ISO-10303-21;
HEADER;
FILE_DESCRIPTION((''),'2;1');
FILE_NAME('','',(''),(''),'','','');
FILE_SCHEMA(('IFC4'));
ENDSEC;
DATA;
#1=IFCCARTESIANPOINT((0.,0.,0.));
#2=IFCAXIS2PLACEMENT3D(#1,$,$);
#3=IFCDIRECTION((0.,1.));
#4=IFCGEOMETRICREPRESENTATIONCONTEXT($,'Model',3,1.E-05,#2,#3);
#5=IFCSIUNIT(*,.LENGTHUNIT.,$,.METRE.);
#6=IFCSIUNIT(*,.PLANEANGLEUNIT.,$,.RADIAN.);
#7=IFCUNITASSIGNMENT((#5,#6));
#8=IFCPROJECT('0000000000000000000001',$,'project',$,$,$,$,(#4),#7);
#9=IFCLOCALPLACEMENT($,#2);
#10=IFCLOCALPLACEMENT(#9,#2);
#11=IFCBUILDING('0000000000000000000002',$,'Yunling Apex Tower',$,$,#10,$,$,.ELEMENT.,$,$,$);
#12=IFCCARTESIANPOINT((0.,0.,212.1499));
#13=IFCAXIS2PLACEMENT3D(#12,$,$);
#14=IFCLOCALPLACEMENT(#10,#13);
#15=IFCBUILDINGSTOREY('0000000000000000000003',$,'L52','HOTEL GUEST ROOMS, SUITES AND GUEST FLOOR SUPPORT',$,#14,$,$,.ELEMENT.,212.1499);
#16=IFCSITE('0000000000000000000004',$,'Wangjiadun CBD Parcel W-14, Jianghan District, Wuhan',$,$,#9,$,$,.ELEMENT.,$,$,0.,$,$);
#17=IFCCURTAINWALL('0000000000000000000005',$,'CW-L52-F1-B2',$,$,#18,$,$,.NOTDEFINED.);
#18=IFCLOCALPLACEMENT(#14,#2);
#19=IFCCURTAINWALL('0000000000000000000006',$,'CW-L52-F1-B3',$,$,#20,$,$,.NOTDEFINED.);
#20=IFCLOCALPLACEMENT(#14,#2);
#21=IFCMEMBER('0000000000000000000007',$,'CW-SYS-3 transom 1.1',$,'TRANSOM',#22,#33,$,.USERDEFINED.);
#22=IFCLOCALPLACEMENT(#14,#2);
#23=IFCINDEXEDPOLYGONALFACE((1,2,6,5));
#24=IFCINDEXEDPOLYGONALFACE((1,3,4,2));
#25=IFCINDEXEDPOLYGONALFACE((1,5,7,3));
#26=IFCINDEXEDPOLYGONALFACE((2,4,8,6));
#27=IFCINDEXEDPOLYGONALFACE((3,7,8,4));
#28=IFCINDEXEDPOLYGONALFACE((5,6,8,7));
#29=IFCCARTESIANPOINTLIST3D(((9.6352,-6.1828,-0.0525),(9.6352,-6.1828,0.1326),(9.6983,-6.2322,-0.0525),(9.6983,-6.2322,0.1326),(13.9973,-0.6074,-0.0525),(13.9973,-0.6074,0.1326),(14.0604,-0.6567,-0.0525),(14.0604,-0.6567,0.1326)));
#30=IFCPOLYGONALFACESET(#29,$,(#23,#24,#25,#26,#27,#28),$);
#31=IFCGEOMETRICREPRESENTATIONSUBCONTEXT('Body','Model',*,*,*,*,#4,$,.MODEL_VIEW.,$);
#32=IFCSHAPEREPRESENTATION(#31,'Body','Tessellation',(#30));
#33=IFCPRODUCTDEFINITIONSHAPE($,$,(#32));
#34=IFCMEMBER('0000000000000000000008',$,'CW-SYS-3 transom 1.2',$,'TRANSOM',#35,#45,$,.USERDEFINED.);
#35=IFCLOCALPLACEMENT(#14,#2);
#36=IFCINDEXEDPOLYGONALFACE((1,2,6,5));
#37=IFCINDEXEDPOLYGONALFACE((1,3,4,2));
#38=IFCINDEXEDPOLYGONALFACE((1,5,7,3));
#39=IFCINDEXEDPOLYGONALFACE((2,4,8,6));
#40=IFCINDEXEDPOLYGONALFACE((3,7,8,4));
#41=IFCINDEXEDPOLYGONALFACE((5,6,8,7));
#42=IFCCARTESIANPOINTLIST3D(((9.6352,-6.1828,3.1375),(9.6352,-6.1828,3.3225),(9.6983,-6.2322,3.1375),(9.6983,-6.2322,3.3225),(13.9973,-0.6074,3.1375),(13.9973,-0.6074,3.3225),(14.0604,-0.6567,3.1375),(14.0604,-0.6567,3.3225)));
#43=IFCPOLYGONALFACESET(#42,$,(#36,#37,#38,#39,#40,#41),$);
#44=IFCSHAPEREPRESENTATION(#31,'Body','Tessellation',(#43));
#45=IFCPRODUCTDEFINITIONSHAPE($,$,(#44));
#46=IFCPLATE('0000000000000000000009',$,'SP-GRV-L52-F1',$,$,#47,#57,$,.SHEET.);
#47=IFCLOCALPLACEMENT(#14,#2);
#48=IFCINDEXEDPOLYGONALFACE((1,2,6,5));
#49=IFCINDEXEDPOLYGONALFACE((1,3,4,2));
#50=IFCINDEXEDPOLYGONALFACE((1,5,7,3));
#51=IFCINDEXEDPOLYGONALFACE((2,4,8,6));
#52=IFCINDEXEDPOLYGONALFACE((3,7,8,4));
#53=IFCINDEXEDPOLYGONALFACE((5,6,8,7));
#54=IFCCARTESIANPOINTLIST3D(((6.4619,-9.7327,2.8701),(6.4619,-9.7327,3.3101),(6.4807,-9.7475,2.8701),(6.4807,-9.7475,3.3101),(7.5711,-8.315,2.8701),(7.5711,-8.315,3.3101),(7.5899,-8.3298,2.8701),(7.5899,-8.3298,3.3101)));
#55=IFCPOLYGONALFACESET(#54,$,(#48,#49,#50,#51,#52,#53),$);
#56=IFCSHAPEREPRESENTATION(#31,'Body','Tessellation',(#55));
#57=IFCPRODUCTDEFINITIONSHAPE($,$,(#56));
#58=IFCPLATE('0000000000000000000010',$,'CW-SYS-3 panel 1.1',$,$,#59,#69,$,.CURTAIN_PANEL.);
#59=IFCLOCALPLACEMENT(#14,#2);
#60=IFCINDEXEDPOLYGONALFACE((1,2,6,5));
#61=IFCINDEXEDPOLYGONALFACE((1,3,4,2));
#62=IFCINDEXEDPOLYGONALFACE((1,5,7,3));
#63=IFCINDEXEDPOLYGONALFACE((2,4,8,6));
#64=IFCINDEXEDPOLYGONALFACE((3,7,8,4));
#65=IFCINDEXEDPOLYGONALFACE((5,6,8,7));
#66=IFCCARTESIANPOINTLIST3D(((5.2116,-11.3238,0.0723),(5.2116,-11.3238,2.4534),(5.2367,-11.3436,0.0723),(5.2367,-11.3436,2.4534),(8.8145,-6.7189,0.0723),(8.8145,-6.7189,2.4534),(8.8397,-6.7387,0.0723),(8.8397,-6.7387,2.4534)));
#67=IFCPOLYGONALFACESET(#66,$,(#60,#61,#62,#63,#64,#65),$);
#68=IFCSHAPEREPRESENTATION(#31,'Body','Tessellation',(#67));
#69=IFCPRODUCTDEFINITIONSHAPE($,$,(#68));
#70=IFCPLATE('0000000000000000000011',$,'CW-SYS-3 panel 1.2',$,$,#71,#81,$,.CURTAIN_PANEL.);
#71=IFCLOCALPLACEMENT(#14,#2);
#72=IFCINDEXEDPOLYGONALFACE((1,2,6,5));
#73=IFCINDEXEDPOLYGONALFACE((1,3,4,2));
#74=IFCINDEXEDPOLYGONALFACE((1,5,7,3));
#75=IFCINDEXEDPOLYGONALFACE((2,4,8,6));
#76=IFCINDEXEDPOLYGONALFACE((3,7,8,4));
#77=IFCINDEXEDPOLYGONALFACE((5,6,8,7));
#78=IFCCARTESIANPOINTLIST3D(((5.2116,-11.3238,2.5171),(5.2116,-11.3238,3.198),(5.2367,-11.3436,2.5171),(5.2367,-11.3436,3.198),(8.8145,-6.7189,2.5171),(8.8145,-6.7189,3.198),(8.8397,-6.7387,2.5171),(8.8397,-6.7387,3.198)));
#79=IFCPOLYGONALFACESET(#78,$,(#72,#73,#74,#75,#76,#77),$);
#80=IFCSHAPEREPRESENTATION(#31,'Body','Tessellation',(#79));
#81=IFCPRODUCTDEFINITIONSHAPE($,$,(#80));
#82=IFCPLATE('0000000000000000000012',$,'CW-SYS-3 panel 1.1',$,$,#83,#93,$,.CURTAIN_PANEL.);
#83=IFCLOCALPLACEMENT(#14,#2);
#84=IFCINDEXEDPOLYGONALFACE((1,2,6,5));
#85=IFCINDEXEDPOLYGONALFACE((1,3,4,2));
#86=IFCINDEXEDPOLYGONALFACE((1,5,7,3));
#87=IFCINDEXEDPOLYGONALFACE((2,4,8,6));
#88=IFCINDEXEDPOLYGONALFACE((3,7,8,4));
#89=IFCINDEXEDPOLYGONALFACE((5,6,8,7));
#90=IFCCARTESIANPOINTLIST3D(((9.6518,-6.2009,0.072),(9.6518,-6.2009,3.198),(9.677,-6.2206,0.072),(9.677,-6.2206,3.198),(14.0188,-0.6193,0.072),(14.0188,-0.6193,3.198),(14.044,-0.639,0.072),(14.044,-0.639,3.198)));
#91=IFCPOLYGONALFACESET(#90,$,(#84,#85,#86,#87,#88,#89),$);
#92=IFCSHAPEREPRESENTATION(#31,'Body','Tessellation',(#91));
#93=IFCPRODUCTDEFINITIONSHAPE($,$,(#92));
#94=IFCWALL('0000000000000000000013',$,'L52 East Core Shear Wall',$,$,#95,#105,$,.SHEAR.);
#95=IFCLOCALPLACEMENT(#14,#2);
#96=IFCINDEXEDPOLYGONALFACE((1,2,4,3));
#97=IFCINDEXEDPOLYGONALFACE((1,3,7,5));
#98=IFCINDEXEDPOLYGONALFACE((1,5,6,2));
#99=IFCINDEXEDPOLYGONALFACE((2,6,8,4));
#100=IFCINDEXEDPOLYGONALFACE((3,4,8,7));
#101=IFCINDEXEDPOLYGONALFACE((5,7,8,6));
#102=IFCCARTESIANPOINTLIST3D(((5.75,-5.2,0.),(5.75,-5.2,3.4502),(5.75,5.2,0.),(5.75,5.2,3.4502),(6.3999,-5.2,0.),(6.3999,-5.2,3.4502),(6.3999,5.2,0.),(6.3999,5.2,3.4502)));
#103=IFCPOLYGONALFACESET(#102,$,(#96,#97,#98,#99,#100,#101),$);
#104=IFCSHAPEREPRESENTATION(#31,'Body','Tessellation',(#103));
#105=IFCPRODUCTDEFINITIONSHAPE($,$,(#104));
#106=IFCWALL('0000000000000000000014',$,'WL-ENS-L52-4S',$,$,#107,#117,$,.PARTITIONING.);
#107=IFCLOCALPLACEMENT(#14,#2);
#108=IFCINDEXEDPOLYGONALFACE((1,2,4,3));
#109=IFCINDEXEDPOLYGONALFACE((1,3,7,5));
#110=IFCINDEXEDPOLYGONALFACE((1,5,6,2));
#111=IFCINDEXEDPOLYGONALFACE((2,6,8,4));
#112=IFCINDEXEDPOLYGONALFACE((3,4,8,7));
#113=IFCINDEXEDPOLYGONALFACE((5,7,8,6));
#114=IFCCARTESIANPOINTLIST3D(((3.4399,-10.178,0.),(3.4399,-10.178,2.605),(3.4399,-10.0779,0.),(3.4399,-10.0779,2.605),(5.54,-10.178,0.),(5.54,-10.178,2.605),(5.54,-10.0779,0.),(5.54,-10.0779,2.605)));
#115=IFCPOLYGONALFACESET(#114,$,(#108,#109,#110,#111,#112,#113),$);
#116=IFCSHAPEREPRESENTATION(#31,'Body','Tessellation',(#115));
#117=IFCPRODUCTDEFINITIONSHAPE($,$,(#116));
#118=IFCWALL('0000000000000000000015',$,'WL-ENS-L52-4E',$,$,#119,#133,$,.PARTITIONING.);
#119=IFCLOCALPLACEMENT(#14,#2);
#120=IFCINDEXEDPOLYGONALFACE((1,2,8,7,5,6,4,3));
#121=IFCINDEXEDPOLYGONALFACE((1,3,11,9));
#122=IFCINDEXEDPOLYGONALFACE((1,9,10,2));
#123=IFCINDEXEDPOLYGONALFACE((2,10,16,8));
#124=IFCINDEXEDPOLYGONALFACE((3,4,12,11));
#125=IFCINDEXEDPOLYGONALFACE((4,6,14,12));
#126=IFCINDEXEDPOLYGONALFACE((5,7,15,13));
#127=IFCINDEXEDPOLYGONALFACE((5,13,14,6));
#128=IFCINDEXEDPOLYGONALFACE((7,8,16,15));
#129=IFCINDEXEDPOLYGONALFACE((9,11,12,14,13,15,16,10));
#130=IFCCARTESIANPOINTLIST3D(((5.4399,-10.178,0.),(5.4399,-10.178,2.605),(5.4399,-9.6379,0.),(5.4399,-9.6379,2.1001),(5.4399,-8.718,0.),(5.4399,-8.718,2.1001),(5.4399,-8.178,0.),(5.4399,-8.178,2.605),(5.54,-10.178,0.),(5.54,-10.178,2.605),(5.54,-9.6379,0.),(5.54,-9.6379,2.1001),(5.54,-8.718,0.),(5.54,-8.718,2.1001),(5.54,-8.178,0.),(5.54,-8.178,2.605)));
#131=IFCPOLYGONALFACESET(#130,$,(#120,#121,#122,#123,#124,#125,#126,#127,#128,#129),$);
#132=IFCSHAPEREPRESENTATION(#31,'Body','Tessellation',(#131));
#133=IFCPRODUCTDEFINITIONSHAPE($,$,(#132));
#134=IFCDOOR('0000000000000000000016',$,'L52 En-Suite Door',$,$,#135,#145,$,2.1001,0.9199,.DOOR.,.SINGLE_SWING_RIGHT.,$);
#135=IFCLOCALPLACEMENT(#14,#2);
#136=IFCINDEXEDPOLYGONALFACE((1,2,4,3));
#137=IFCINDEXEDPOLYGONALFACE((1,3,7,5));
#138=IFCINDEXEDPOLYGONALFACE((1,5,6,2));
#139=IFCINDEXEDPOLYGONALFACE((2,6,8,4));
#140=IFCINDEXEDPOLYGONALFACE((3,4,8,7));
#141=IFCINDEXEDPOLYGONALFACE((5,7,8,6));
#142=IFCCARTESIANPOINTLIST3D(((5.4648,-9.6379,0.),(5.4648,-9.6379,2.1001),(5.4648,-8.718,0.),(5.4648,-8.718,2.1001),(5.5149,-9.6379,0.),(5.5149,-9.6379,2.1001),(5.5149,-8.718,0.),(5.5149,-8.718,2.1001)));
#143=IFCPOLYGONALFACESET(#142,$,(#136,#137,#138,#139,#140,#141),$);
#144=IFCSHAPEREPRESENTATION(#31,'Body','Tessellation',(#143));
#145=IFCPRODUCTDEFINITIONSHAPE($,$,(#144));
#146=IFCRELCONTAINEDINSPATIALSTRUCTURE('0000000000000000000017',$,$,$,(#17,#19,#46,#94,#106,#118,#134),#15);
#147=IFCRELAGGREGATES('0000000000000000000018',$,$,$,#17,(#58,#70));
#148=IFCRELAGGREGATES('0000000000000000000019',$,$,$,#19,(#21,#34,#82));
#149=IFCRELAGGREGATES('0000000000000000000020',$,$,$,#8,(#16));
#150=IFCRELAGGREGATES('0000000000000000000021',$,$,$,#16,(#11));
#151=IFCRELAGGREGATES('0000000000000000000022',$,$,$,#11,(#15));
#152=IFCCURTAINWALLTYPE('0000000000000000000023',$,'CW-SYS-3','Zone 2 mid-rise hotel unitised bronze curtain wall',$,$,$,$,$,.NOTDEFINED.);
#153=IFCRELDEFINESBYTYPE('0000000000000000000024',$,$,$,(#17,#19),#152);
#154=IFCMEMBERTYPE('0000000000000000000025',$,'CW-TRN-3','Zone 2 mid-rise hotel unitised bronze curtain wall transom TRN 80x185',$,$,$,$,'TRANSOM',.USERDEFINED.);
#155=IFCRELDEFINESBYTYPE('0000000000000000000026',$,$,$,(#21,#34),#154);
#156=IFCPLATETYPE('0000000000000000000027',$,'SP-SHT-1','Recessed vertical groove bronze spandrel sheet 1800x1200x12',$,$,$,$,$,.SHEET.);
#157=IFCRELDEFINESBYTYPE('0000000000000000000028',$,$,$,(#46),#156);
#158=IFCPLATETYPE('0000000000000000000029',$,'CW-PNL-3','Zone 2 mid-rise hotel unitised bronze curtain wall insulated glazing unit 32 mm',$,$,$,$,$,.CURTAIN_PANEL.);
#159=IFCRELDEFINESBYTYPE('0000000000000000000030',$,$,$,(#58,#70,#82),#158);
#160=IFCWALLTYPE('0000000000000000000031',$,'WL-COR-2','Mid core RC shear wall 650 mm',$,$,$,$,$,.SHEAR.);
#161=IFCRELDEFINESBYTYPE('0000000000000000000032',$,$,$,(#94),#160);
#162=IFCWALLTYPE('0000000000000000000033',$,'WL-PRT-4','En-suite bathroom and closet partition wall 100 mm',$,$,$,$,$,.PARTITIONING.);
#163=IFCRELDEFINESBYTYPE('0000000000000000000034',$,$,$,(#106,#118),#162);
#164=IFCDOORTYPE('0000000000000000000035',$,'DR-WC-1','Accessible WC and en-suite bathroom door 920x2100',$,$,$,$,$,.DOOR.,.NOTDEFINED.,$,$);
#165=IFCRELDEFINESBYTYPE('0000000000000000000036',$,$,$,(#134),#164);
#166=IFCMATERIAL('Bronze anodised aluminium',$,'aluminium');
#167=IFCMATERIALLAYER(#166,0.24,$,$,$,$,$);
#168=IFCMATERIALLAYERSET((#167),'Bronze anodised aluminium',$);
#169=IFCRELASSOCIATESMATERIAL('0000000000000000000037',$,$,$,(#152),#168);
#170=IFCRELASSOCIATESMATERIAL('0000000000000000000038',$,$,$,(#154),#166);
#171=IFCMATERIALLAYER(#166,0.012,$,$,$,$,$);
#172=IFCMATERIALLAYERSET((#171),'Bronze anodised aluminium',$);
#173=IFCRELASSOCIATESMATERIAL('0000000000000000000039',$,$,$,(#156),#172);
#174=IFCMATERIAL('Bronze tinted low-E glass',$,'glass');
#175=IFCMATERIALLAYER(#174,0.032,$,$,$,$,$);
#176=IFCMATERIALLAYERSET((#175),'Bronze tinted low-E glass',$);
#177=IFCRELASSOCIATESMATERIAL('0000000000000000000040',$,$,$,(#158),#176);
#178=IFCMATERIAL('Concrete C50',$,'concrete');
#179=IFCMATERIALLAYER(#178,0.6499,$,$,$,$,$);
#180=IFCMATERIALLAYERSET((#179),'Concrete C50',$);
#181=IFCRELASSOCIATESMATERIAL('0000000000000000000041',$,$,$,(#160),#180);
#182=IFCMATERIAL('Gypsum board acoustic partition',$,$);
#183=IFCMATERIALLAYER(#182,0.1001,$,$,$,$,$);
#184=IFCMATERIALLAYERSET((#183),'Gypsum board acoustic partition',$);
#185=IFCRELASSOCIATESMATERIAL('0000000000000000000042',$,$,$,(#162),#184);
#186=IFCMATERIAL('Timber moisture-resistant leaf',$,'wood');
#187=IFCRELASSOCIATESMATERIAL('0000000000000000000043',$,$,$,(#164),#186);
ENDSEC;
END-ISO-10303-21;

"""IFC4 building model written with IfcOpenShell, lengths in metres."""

from ifc_helpers import new_model, si_unit, direction, frame, frame_2d, origin, origin_2d, place, context, subcontext, project, spatial, rectangle, extrude, source, transform, mapped, material, layer, layer_set, material_profile, profile_set, type_object, element, fill, aggregate, save


model = new_model("IFC4")

# Units and contexts
model_context = context("Model", 3, precision=1e-05, world=origin(), true_north=direction((0.0, 1.0)))
body_context = subcontext(model_context, "Body", "Model", "MODEL_VIEW")
ifc_project = project(units=[si_unit("LENGTHUNIT", "METRE"), si_unit("PLANEANGLEUNIT", "RADIAN")], contexts=[model_context])

# Site, building, storey
site_placement = place(None, origin())
site = spatial("IfcSite", under=ifc_project, at=site_placement, Name="Wangjiadun CBD Parcel W-14, Jianghan District, Wuhan", CompositionType="ELEMENT", RefElevation=0.0)
building_placement = place(site_placement, origin())
building = spatial("IfcBuilding", under=site, at=building_placement, Name="Yunling Apex Tower", CompositionType="ELEMENT")
storey_placement = place(building_placement, frame((0.0, 0.0, 212.1499)))
storey = spatial("IfcBuildingStorey", under=building, at=storey_placement, Name="L52", Description="HOTEL GUEST ROOMS, SUITES AND GUEST FLOOR SUPPORT", CompositionType="ELEMENT", Elevation=212.1499)

# Shared definitions
ifc_material_1 = material(Name="Concrete C50", Category="concrete")

# Curtain wall
ifc_material_2 = material(Name="Bronze anodised aluminium", Category="aluminium")
ifc_layer_1 = layer(ifc_material_2, 0.24)
ifc_layer_set_1 = layer_set([ifc_layer_1], Name="Bronze anodised aluminium")
curtain_wall_type = type_object("IfcCurtainWallType", Name="CW-SYS-3", Description="Zone 2 mid-rise hotel unitised bronze curtain wall", PredefinedType="NOTDEFINED", material=ifc_layer_set_1)
curtain_wall_1_placement = place(storey_placement, origin())
curtain_wall_1 = element("IfcCurtainWall", 1, at=curtain_wall_1_placement, inside=storey, type_object=curtain_wall_type, Name="CW-L52-F1-B2", PredefinedType="NOTDEFINED")

# Curtain wall, members
curtain_wall_2_placement = place(storey_placement, origin())
curtain_wall_2 = element("IfcCurtainWall", 2, at=curtain_wall_2_placement, inside=storey, type_object=curtain_wall_type, Name="CW-L52-F1-B3", PredefinedType="NOTDEFINED")
ifc_material_profile_1 = material_profile(ifc_material_2, rectangle(XDim=0.0801, YDim=0.1851, at=origin_2d()))
ifc_profile_set_1 = profile_set([ifc_material_profile_1], Name="Bronze anodised aluminium")
member_type_1 = type_object("IfcMemberType", Name="CW-TRN-3", Description="Zone 2 mid-rise hotel unitised bronze curtain wall transom TRN 80x185", ElementType="TRANSOM", PredefinedType="USERDEFINED", material=ifc_profile_set_1)
shared_shape_1 = source(origin(), body_context, "Body", "SweptSolid", [
    extrude(rectangle(XDim=0.0801, YDim=0.1851, at=origin_2d()), origin(), (0.0, 0.0, 1.0), 7.0791),
])
member_1_placement = place(storey_placement, frame((9.6667, -6.2075, 0.04), z_axis=(0.616192, 0.787596, 0.0), x_axis=(-0.787596, 0.616192, 0.0)))
member_1 = element("IfcMember", 3, at=member_1_placement, type_object=member_type_1, Name="CW-SYS-3 transom 1.1", ObjectType="TRANSOM", PredefinedType="USERDEFINED", context=body_context, shape_type="MappedRepresentation", body=[
    mapped(shared_shape_1, transform((0.0, 0.0, 0.0), scale=1.0)),
])
member_2_placement = place(storey_placement, frame((9.6667, -6.2075, 3.23), z_axis=(0.616192, 0.787596, 0.0), x_axis=(-0.787596, 0.616192, 0.0)))
member_2 = element("IfcMember", 4, at=member_2_placement, type_object=member_type_1, Name="CW-SYS-3 transom 1.2", ObjectType="TRANSOM", PredefinedType="USERDEFINED", context=body_context, shape_type="MappedRepresentation", body=[
    mapped(shared_shape_1, transform((0.0, 0.0, 0.0), scale=1.0)),
])

# Plates
ifc_layer_2 = layer(ifc_material_2, 0.012)
ifc_layer_set_2 = layer_set([ifc_layer_2], Name="Bronze anodised aluminium")
plate_type_1 = type_object("IfcPlateType", Name="SP-SHT-1", Description="Recessed vertical groove bronze spandrel sheet 1800x1200x12", PredefinedType="SHEET", material=ifc_layer_set_2)
shared_shape_2 = source(origin(), body_context, "Body", "SweptSolid", [
    extrude(rectangle(XDim=1.8, YDim=0.0239, at=origin_2d()), origin(), (0.0, 0.0, 1.0), 0.4399),
])
plate_1_placement = place(storey_placement, frame((7.0259, -9.0312, 2.8701), z_axis=(0.0, 0.0, 1.0), x_axis=(0.616211, 0.787581, 0.0)))
element("IfcPlate", 5, at=plate_1_placement, inside=storey, type_object=plate_type_1, Name="SP-GRV-L52-F1", PredefinedType="SHEET", context=body_context, shape_type="MappedRepresentation", body=[
    mapped(shared_shape_2, transform((0.0, 0.0, 0.0), scale=1.0)),
])
ifc_material_3 = material(Name="Bronze tinted low-E glass", Category="glass")
ifc_layer_3 = layer(ifc_material_3, 0.032)
ifc_layer_set_3 = layer_set([ifc_layer_3], Name="Bronze tinted low-E glass")
plate_type_2 = type_object("IfcPlateType", Name="CW-PNL-3", Description="Zone 2 mid-rise hotel unitised bronze curtain wall insulated glazing unit 32 mm", PredefinedType="CURTAIN_PANEL", material=ifc_layer_set_3)
shared_shape_3 = source(origin(), body_context, "Body", "SweptSolid", [
    extrude(rectangle(XDim=5.8469, YDim=0.032, at=origin_2d()), origin(), (0.0, 0.0, 1.0), 2.3811),
])
plate_2_placement = place(storey_placement, frame((7.0256, -9.0312, 0.0723), z_axis=(0.0, 0.0, 1.0), x_axis=(0.616217, 0.787576, 0.0)))
plate_2 = element("IfcPlate", 6, at=plate_2_placement, type_object=plate_type_2, Name="CW-SYS-3 panel 1.1", PredefinedType="CURTAIN_PANEL", context=body_context, shape_type="MappedRepresentation", body=[
    mapped(shared_shape_3, transform((0.0, 0.0, 0.0), scale=1.0)),
])
shared_shape_4 = source(origin(), body_context, "Body", "SweptSolid", [
    extrude(rectangle(XDim=5.8469, YDim=0.032, at=origin_2d()), origin(), (0.0, 0.0, 1.0), 0.6809),
])
plate_3_placement = place(storey_placement, frame((7.0256, -9.0312, 2.5171), z_axis=(0.0, 0.0, 1.0), x_axis=(0.616217, 0.787576, 0.0)))
plate_3 = element("IfcPlate", 7, at=plate_3_placement, type_object=plate_type_2, Name="CW-SYS-3 panel 1.2", PredefinedType="CURTAIN_PANEL", context=body_context, shape_type="MappedRepresentation", body=[
    mapped(shared_shape_4, transform((0.0, 0.0, 0.0), scale=1.0)),
])
aggregate(curtain_wall_1, [plate_2, plate_3])
shared_shape_5 = source(origin(), body_context, "Body", "SweptSolid", [
    extrude(rectangle(XDim=7.0869, YDim=0.032, at=origin_2d()), origin(), (0.0, 0.0, 1.0), 3.126),
])
plate_4_placement = place(storey_placement, frame((11.8479, -3.4199, 0.072), z_axis=(0.0, 0.0, 1.0), x_axis=(0.6162, 0.787589, 0.0)))
plate_4 = element("IfcPlate", 8, at=plate_4_placement, type_object=plate_type_2, Name="CW-SYS-3 panel 1.1", PredefinedType="CURTAIN_PANEL", context=body_context, shape_type="MappedRepresentation", body=[
    mapped(shared_shape_5, transform((0.0, 0.0, 0.0), scale=1.0)),
])
aggregate(curtain_wall_2, [member_1, member_2, plate_4])

# Walls
ifc_layer_4 = layer(ifc_material_1, 0.6499)
ifc_layer_set_4 = layer_set([ifc_layer_4], Name="Concrete C50")
wall_type_1 = type_object("IfcWallType", Name="WL-COR-2", Description="Mid core RC shear wall 650 mm", PredefinedType="SHEAR", material=ifc_layer_set_4)
wall_1_placement = place(storey_placement, frame((6.075, -5.2, 0.0), z_axis=(0.0, 0.0, 1.0), x_axis=(0.0, 1.0, 0.0)))
element("IfcWall", 9, at=wall_1_placement, inside=storey, type_object=wall_type_1, Name="L52 East Core Shear Wall", PredefinedType="SHEAR", context=body_context, shape_type="SweptSolid", body=[
    extrude(rectangle(XDim=10.3999, YDim=0.6499, at=frame_2d((5.2, 0.0))), origin(), (0.0, 0.0, 1.0), 3.4502),
])
ifc_material_4 = material(Name="Gypsum board acoustic partition")
ifc_layer_5 = layer(ifc_material_4, 0.1001)
ifc_layer_set_5 = layer_set([ifc_layer_5], Name="Gypsum board acoustic partition")
wall_type_2 = type_object("IfcWallType", Name="WL-PRT-4", Description="En-suite bathroom and closet partition wall 100 mm", PredefinedType="PARTITIONING", material=ifc_layer_set_5)
wall_2_placement = place(storey_placement, frame((5.54, -10.1279, 0.0), z_axis=(0.0, 0.0, 1.0), x_axis=(-1.0, 0.0, 0.0)))
element("IfcWall", 10, at=wall_2_placement, inside=storey, type_object=wall_type_2, Name="WL-ENS-L52-4S", PredefinedType="PARTITIONING", context=body_context, shape_type="SweptSolid", body=[
    extrude(rectangle(XDim=2.1001, YDim=0.1001, at=frame_2d((1.05, 0.0))), origin(), (0.0, 0.0, 1.0), 2.605),
])

# Wall, opening, door
wall_3_placement = place(storey_placement, frame((5.49, -8.178, 0.0), z_axis=(0.0, 0.0, 1.0), x_axis=(0.0, -1.0, 0.0)))
wall_3 = element("IfcWall", 11, at=wall_3_placement, inside=storey, type_object=wall_type_2, Name="WL-ENS-L52-4E", PredefinedType="PARTITIONING", context=body_context, shape_type="SweptSolid", body=[
    extrude(rectangle(XDim=2.0, YDim=0.1001, at=frame_2d((1.0, 0.0))), origin(), (0.0, 0.0, 1.0), 2.605),
])
opening_placement = place(wall_3_placement, frame((0.54, 0.0, 0.0)))
opening = element("IfcOpeningElement", 12, at=opening_placement, cuts=wall_3, PredefinedType="OPENING", context=body_context, shape_type="SweptSolid", body=[
    extrude(rectangle(XDim=0.9199, YDim=2.1001, at=frame_2d((0.46, 1.05))), frame((0.0, 0.0601, 0.0), z_axis=(0.0, -1.0, 0.0), x_axis=(1.0, 0.0, 0.0)), (0.0, 0.0, 1.0), 0.1201),
])
ifc_material_5 = material(Name="Timber moisture-resistant leaf", Category="wood")
door_type = type_object("IfcDoorType", Name="DR-WC-1", Description="Accessible WC and en-suite bathroom door 920x2100", OperationType="NOTDEFINED", PredefinedType="DOOR", material=ifc_material_5)
door_placement = place(opening_placement, origin())
door = element("IfcDoor", 13, at=door_placement, inside=storey, type_object=door_type, Name="L52 En-Suite Door", OperationType="SINGLE_SWING_RIGHT", OverallHeight=2.1001, OverallWidth=0.9199, PredefinedType="DOOR", context=body_context, shape_type="SweptSolid", body=[
    extrude(rectangle(XDim=0.9199, YDim=2.1001, at=frame_2d((0.46, 1.05))), frame((0.0, 0.0249, 0.0), z_axis=(0.0, -1.0, 0.0), x_axis=(1.0, 0.0, 0.0)), (0.0, 0.0, 1.0), 0.05),
])
fill(opening, door)

save(model, "model.ifc")
